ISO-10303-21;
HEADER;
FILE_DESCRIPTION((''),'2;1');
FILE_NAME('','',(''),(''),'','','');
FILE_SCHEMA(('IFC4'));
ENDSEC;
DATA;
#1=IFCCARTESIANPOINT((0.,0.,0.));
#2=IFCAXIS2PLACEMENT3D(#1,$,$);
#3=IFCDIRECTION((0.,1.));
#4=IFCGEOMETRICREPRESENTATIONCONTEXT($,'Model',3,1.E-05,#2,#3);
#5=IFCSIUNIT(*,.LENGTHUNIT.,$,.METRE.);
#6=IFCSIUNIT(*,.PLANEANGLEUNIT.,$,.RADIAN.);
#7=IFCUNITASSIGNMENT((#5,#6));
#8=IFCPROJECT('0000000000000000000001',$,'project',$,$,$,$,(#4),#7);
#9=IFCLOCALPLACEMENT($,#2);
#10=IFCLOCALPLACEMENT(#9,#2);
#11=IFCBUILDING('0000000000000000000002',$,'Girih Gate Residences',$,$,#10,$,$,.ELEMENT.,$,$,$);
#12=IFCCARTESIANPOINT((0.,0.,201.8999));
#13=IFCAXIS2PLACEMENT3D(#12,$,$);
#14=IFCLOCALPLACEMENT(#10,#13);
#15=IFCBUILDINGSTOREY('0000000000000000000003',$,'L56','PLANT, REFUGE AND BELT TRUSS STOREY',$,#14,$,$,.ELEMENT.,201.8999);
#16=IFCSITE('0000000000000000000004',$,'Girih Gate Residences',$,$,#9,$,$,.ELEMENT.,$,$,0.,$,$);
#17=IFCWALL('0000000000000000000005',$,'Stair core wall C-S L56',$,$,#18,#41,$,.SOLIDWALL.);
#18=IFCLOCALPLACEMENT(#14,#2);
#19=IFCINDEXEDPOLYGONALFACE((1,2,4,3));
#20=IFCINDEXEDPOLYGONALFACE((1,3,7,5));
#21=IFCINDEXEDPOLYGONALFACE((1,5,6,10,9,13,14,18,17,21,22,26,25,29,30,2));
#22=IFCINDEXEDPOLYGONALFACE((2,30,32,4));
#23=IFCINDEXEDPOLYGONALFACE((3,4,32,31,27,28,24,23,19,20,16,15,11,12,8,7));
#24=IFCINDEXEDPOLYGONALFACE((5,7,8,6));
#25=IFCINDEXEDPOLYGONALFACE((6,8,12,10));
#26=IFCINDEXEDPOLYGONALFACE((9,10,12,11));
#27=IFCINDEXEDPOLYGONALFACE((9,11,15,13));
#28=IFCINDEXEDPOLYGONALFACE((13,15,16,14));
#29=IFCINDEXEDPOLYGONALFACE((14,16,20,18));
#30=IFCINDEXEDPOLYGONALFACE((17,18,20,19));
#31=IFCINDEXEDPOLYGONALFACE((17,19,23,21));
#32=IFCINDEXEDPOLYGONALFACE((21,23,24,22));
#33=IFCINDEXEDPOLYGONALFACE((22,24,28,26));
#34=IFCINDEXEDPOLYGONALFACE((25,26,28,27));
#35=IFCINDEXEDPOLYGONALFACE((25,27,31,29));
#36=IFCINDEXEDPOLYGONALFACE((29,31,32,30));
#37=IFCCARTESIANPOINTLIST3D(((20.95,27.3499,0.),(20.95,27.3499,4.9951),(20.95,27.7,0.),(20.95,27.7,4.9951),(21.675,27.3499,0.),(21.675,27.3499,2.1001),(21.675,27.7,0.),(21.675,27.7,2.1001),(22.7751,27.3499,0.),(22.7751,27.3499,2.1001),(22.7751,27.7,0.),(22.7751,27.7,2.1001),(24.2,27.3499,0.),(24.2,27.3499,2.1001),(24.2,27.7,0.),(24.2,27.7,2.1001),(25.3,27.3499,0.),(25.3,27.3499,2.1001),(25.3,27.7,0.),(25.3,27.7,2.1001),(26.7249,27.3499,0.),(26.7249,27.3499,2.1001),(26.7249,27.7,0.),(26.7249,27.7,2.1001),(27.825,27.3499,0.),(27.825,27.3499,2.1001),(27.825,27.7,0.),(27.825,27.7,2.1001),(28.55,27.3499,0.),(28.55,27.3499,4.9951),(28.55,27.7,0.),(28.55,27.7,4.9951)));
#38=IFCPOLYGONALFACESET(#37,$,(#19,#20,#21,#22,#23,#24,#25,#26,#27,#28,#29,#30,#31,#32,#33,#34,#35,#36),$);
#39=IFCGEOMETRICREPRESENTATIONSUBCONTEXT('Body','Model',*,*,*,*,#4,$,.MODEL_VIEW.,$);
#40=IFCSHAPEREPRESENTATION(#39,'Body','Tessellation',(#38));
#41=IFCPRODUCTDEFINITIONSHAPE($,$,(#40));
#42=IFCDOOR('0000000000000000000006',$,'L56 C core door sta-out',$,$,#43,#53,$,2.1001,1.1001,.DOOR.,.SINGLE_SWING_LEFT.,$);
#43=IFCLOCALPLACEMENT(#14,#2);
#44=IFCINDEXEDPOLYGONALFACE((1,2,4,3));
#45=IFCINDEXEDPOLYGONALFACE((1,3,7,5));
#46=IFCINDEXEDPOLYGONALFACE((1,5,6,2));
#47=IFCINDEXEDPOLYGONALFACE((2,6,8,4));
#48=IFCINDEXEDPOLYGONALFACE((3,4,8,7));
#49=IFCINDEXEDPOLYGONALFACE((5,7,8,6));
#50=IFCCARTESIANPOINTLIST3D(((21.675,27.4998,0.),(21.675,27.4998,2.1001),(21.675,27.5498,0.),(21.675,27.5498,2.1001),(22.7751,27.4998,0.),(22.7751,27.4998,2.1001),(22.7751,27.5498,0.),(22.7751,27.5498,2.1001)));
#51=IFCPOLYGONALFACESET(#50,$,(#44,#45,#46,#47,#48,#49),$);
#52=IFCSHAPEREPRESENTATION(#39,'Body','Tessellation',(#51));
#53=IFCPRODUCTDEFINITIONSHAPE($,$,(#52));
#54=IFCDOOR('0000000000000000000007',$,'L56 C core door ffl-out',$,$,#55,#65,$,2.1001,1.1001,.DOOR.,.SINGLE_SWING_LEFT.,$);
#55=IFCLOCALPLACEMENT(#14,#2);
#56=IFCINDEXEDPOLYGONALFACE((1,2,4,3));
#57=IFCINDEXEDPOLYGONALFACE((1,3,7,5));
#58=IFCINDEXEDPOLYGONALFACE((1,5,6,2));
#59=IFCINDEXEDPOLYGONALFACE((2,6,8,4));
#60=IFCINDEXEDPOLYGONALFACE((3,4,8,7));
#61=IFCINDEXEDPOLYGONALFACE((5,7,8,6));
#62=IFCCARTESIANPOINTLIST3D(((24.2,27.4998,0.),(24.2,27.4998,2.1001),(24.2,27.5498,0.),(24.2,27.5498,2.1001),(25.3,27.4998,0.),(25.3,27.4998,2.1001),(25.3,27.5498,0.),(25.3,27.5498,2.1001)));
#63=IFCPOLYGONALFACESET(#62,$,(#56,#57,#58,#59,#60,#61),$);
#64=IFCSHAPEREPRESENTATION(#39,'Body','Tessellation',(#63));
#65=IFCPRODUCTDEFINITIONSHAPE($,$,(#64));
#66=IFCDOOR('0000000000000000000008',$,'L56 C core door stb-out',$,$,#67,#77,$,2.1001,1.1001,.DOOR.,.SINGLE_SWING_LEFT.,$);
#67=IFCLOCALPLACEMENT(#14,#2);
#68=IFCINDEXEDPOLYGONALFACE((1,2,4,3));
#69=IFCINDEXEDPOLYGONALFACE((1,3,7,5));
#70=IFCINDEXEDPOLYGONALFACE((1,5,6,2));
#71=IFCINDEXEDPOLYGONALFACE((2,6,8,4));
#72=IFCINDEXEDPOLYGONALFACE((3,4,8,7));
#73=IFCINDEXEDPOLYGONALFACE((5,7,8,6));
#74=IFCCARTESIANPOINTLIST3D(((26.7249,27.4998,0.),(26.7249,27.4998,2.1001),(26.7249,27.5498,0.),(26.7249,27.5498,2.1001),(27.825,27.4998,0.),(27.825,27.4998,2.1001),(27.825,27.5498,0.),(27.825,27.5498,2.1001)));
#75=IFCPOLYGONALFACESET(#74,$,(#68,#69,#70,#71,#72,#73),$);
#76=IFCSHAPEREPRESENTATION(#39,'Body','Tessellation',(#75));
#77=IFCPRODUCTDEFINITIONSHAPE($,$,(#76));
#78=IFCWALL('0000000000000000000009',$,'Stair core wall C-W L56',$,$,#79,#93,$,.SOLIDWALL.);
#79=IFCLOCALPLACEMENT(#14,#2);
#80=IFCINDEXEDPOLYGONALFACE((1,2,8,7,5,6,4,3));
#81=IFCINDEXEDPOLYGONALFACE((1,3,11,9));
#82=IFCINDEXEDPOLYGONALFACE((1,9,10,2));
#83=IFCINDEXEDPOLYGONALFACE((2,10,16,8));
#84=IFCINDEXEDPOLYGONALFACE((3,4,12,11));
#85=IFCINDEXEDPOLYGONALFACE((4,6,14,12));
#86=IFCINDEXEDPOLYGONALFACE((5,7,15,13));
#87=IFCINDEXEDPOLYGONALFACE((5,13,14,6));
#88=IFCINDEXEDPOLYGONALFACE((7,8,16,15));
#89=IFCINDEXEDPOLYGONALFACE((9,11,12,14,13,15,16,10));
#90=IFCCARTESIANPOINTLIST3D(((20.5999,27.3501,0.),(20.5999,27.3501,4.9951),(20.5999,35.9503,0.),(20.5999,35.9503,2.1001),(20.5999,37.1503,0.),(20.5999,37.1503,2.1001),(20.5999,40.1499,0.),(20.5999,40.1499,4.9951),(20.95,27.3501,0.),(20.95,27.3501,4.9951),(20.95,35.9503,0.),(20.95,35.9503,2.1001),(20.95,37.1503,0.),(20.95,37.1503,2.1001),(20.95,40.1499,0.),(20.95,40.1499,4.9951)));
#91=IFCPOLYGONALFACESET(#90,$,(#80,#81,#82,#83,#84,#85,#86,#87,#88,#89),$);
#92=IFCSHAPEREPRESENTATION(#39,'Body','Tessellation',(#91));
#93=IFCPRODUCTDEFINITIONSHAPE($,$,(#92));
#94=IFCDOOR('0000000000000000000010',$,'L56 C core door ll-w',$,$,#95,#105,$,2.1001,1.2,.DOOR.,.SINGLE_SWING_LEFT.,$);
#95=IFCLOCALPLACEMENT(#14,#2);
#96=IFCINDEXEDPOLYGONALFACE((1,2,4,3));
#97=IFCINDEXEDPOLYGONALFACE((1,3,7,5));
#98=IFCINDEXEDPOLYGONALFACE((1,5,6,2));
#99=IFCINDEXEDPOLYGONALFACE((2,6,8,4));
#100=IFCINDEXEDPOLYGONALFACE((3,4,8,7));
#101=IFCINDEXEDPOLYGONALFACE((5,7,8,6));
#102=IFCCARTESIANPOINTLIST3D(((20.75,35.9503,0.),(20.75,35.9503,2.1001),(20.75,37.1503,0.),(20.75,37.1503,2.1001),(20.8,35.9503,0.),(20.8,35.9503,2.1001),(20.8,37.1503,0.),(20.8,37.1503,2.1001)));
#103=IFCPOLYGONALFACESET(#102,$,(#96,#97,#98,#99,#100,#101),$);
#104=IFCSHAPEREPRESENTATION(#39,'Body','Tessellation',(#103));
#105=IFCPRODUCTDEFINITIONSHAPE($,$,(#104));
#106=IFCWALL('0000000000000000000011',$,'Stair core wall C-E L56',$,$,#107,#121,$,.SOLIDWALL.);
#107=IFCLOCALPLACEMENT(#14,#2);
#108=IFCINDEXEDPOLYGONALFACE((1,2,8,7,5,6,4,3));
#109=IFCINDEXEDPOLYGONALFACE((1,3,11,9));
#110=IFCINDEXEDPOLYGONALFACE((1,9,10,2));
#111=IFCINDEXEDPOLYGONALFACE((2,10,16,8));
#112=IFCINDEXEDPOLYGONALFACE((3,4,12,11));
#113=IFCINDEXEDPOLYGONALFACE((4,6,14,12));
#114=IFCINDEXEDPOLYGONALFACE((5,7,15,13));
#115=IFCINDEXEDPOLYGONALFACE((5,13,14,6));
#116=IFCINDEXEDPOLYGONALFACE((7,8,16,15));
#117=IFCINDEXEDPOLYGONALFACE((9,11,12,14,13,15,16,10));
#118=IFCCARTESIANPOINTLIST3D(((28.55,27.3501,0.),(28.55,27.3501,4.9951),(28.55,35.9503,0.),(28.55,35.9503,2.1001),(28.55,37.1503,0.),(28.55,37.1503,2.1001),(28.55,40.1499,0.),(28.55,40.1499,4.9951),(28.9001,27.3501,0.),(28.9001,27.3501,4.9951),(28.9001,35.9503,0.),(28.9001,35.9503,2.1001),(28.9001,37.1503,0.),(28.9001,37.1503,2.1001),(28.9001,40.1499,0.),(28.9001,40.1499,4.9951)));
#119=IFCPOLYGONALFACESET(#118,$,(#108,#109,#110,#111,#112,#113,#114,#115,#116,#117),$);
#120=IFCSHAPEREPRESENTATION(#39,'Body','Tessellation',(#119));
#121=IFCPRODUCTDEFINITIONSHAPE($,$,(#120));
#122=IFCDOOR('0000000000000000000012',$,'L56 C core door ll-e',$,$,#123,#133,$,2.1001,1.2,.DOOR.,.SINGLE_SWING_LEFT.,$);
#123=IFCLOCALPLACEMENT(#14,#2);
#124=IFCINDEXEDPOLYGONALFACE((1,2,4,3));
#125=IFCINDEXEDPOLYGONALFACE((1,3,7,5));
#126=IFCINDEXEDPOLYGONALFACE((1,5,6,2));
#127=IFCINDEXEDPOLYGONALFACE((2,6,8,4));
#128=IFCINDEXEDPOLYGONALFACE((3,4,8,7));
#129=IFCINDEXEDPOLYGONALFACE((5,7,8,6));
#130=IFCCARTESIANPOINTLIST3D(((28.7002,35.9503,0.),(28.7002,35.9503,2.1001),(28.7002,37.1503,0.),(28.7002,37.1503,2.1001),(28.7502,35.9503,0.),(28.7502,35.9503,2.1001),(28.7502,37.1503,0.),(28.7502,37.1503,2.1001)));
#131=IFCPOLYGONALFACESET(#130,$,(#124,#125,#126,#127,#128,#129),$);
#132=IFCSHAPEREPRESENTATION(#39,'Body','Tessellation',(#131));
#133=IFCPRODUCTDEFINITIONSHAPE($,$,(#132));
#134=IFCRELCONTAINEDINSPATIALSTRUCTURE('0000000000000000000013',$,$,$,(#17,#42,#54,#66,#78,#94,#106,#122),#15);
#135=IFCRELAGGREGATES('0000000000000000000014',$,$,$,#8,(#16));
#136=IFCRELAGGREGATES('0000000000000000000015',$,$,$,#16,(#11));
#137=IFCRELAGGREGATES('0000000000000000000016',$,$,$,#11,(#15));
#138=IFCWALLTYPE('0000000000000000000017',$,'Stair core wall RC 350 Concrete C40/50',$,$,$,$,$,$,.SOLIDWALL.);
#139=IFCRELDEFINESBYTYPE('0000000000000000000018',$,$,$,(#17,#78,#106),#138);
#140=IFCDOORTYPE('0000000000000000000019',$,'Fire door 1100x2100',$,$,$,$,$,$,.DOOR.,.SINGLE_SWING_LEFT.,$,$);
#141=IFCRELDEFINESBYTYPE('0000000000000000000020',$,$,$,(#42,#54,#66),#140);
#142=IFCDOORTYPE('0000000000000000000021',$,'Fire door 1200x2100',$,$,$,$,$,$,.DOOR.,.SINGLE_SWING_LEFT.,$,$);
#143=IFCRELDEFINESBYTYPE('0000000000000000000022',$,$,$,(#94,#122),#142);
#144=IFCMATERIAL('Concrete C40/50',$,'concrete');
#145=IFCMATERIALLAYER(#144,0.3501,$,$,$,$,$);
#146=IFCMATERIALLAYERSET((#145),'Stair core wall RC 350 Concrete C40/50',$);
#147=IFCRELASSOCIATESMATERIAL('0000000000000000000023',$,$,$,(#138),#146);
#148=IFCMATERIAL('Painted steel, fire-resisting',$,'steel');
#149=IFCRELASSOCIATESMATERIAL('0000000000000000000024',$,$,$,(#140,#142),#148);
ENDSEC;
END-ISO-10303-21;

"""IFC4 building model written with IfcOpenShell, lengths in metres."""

from ifc_helpers import new_model, si_unit, direction, frame, frame_2d, origin, place, context, subcontext, project, spatial, rectangle, extrude, material, layer, layer_set, type_object, element, fill, save


model = new_model("IFC4")

# Units and contexts
model_context = context("Model", 3, precision=1e-05, world=origin(), true_north=direction((0.0, 1.0)))
body_context = subcontext(model_context, "Body", "Model", "MODEL_VIEW")
ifc_project = project(units=[si_unit("LENGTHUNIT", "METRE"), si_unit("PLANEANGLEUNIT", "RADIAN")], contexts=[model_context])

# Site, building, storey
site_placement = place(None, origin())
site = spatial("IfcSite", under=ifc_project, at=site_placement, Name="Girih Gate Residences", CompositionType="ELEMENT", RefElevation=0.0)
building_placement = place(site_placement, origin())
building = spatial("IfcBuilding", under=site, at=building_placement, Name="Girih Gate Residences", CompositionType="ELEMENT")
storey_placement = place(building_placement, frame((0.0, 0.0, 201.8999)))
storey = spatial("IfcBuildingStorey", under=building, at=storey_placement, Name="L56", Description="PLANT, REFUGE AND BELT TRUSS STOREY", CompositionType="ELEMENT", Elevation=201.8999)

# Shared definitions
ifc_material_1 = material(Name="Concrete C40/50", Category="concrete")
ifc_material_2 = material(Name="Painted steel, fire-resisting", Category="steel")

# Wall, openings, doors
ifc_layer_1 = layer(ifc_material_1, 0.3501)
ifc_layer_set_1 = layer_set([ifc_layer_1], Name="Stair core wall RC 350 Concrete C40/50")
wall_type_1 = type_object("IfcWallType", Name="Stair core wall RC 350 Concrete C40/50", PredefinedType="SOLIDWALL", material=ifc_layer_set_1)
wall_1_placement = place(storey_placement, frame((20.95, 27.5249, 0.0), z_axis=(0.0, 0.0, 1.0), x_axis=(1.0, 0.0, 0.0)))
wall_1 = element("IfcWall", 1, at=wall_1_placement, inside=storey, type_object=wall_type_1, Name="Stair core wall C-S L56", PredefinedType="SOLIDWALL", context=body_context, shape_type="SweptSolid", body=[
    extrude(rectangle(XDim=7.6001, YDim=0.3501, at=frame_2d((3.8, 0.0))), origin(), (0.0, 0.0, 1.0), 4.9951),
])
opening_1_placement = place(wall_1_placement, frame((0.7251, 0.0, 0.0)))
opening_1 = element("IfcOpeningElement", 2, at=opening_1_placement, cuts=wall_1, PredefinedType="OPENING", context=body_context, shape_type="SweptSolid", body=[
    extrude(rectangle(XDim=1.1001, YDim=2.1001, at=frame_2d((0.55, 1.05))), frame((0.0, 0.1851, 0.0), z_axis=(0.0, -1.0, 0.0), x_axis=(1.0, 0.0, 0.0)), (0.0, 0.0, 1.0), 0.3701),
])
opening_2_placement = place(wall_1_placement, frame((3.25, 0.0, 0.0)))
opening_2 = element("IfcOpeningElement", 3, at=opening_2_placement, cuts=wall_1, PredefinedType="OPENING", context=body_context, shape_type="SweptSolid", body=[
    extrude(rectangle(XDim=1.1001, YDim=2.1001, at=frame_2d((0.55, 1.05))), frame((0.0, 0.1851, 0.0), z_axis=(0.0, -1.0, 0.0), x_axis=(1.0, 0.0, 0.0)), (0.0, 0.0, 1.0), 0.3701),
])
opening_3_placement = place(wall_1_placement, frame((5.7749, 0.0, 0.0)))
opening_3 = element("IfcOpeningElement", 4, at=opening_3_placement, cuts=wall_1, PredefinedType="OPENING", context=body_context, shape_type="SweptSolid", body=[
    extrude(rectangle(XDim=1.1001, YDim=2.1001, at=frame_2d((0.55, 1.05))), frame((0.0, 0.1851, 0.0), z_axis=(0.0, -1.0, 0.0), x_axis=(1.0, 0.0, 0.0)), (0.0, 0.0, 1.0), 0.3701),
])
door_type_1 = type_object("IfcDoorType", Name="Fire door 1100x2100", OperationType="SINGLE_SWING_LEFT", PredefinedType="DOOR", material=ifc_material_2)
door_1_placement = place(opening_1_placement, origin())
door_1 = element("IfcDoor", 5, at=door_1_placement, inside=storey, type_object=door_type_1, Name="L56 C core door sta-out", OperationType="SINGLE_SWING_LEFT", OverallHeight=2.1001, OverallWidth=1.1001, PredefinedType="DOOR", context=body_context, shape_type="SweptSolid", body=[
    extrude(rectangle(XDim=1.1001, YDim=2.1001, at=frame_2d((0.55, 1.05))), frame((0.0, 0.0249, 0.0), z_axis=(0.0, -1.0, 0.0), x_axis=(1.0, 0.0, 0.0)), (0.0, 0.0, 1.0), 0.05),
])
fill(opening_1, door_1)
door_2_placement = place(opening_2_placement, origin())
door_2 = element("IfcDoor", 6, at=door_2_placement, inside=storey, type_object=door_type_1, Name="L56 C core door ffl-out", OperationType="SINGLE_SWING_LEFT", OverallHeight=2.1001, OverallWidth=1.1001, PredefinedType="DOOR", context=body_context, shape_type="SweptSolid", body=[
    extrude(rectangle(XDim=1.1001, YDim=2.1001, at=frame_2d((0.55, 1.05))), frame((0.0, 0.0249, 0.0), z_axis=(0.0, -1.0, 0.0), x_axis=(1.0, 0.0, 0.0)), (0.0, 0.0, 1.0), 0.05),
])
fill(opening_2, door_2)
door_3_placement = place(opening_3_placement, origin())
door_3 = element("IfcDoor", 7, at=door_3_placement, inside=storey, type_object=door_type_1, Name="L56 C core door stb-out", OperationType="SINGLE_SWING_LEFT", OverallHeight=2.1001, OverallWidth=1.1001, PredefinedType="DOOR", context=body_context, shape_type="SweptSolid", body=[
    extrude(rectangle(XDim=1.1001, YDim=2.1001, at=frame_2d((0.55, 1.05))), frame((0.0, 0.0249, 0.0), z_axis=(0.0, -1.0, 0.0), x_axis=(1.0, 0.0, 0.0)), (0.0, 0.0, 1.0), 0.05),
])
fill(opening_3, door_3)

# Walls, openings, doors
wall_2_placement = place(storey_placement, frame((20.7749, 27.3501, 0.0), z_axis=(0.0, 0.0, 1.0), x_axis=(0.0, 1.0, 0.0)))
wall_2 = element("IfcWall", 8, at=wall_2_placement, inside=storey, type_object=wall_type_1, Name="Stair core wall C-W L56", PredefinedType="SOLIDWALL", context=body_context, shape_type="SweptSolid", body=[
    extrude(rectangle(XDim=12.7998, YDim=0.3501, at=frame_2d((6.3999, 0.0))), origin(), (0.0, 0.0, 1.0), 4.9951),
])
opening_4_placement = place(wall_2_placement, frame((8.6001, 0.0, 0.0)))
opening_4 = element("IfcOpeningElement", 9, at=opening_4_placement, cuts=wall_2, PredefinedType="OPENING", context=body_context, shape_type="SweptSolid", body=[
    extrude(rectangle(XDim=1.2, YDim=2.1001, at=frame_2d((0.6001, 1.05))), frame((0.0, 0.1851, 0.0), z_axis=(0.0, -1.0, 0.0), x_axis=(1.0, 0.0, 0.0)), (0.0, 0.0, 1.0), 0.3701),
])
door_type_2 = type_object("IfcDoorType", Name="Fire door 1200x2100", OperationType="SINGLE_SWING_LEFT", PredefinedType="DOOR", material=ifc_material_2)
door_4_placement = place(opening_4_placement, origin())
door_4 = element("IfcDoor", 10, at=door_4_placement, inside=storey, type_object=door_type_2, Name="L56 C core door ll-w", OperationType="SINGLE_SWING_LEFT", OverallHeight=2.1001, OverallWidth=1.2, PredefinedType="DOOR", context=body_context, shape_type="SweptSolid", body=[
    extrude(rectangle(XDim=1.2, YDim=2.1001, at=frame_2d((0.6001, 1.05))), frame((0.0, 0.0249, 0.0), z_axis=(0.0, -1.0, 0.0), x_axis=(1.0, 0.0, 0.0)), (0.0, 0.0, 1.0), 0.05),
])
fill(opening_4, door_4)
wall_3_placement = place(storey_placement, frame((28.7251, 27.3501, 0.0), z_axis=(0.0, 0.0, 1.0), x_axis=(0.0, 1.0, 0.0)))
wall_3 = element("IfcWall", 11, at=wall_3_placement, inside=storey, type_object=wall_type_1, Name="Stair core wall C-E L56", PredefinedType="SOLIDWALL", context=body_context, shape_type="SweptSolid", body=[
    extrude(rectangle(XDim=12.7998, YDim=0.3501, at=frame_2d((6.3999, 0.0))), origin(), (0.0, 0.0, 1.0), 4.9951),
])
opening_5_placement = place(wall_3_placement, frame((8.6001, 0.0, 0.0)))
opening_5 = element("IfcOpeningElement", 12, at=opening_5_placement, cuts=wall_3, PredefinedType="OPENING", context=body_context, shape_type="SweptSolid", body=[
    extrude(rectangle(XDim=1.2, YDim=2.1001, at=frame_2d((0.6001, 1.05))), frame((0.0, 0.1851, 0.0), z_axis=(0.0, -1.0, 0.0), x_axis=(1.0, 0.0, 0.0)), (0.0, 0.0, 1.0), 0.3701),
])
door_5_placement = place(opening_5_placement, origin())
door_5 = element("IfcDoor", 13, at=door_5_placement, inside=storey, type_object=door_type_2, Name="L56 C core door ll-e", OperationType="SINGLE_SWING_LEFT", OverallHeight=2.1001, OverallWidth=1.2, PredefinedType="DOOR", context=body_context, shape_type="SweptSolid", body=[
    extrude(rectangle(XDim=1.2, YDim=2.1001, at=frame_2d((0.6001, 1.05))), frame((0.0, 0.0249, 0.0), z_axis=(0.0, -1.0, 0.0), x_axis=(1.0, 0.0, 0.0)), (0.0, 0.0, 1.0), 0.05),
])
fill(opening_5, door_5)

save(model, "model.ifc")
